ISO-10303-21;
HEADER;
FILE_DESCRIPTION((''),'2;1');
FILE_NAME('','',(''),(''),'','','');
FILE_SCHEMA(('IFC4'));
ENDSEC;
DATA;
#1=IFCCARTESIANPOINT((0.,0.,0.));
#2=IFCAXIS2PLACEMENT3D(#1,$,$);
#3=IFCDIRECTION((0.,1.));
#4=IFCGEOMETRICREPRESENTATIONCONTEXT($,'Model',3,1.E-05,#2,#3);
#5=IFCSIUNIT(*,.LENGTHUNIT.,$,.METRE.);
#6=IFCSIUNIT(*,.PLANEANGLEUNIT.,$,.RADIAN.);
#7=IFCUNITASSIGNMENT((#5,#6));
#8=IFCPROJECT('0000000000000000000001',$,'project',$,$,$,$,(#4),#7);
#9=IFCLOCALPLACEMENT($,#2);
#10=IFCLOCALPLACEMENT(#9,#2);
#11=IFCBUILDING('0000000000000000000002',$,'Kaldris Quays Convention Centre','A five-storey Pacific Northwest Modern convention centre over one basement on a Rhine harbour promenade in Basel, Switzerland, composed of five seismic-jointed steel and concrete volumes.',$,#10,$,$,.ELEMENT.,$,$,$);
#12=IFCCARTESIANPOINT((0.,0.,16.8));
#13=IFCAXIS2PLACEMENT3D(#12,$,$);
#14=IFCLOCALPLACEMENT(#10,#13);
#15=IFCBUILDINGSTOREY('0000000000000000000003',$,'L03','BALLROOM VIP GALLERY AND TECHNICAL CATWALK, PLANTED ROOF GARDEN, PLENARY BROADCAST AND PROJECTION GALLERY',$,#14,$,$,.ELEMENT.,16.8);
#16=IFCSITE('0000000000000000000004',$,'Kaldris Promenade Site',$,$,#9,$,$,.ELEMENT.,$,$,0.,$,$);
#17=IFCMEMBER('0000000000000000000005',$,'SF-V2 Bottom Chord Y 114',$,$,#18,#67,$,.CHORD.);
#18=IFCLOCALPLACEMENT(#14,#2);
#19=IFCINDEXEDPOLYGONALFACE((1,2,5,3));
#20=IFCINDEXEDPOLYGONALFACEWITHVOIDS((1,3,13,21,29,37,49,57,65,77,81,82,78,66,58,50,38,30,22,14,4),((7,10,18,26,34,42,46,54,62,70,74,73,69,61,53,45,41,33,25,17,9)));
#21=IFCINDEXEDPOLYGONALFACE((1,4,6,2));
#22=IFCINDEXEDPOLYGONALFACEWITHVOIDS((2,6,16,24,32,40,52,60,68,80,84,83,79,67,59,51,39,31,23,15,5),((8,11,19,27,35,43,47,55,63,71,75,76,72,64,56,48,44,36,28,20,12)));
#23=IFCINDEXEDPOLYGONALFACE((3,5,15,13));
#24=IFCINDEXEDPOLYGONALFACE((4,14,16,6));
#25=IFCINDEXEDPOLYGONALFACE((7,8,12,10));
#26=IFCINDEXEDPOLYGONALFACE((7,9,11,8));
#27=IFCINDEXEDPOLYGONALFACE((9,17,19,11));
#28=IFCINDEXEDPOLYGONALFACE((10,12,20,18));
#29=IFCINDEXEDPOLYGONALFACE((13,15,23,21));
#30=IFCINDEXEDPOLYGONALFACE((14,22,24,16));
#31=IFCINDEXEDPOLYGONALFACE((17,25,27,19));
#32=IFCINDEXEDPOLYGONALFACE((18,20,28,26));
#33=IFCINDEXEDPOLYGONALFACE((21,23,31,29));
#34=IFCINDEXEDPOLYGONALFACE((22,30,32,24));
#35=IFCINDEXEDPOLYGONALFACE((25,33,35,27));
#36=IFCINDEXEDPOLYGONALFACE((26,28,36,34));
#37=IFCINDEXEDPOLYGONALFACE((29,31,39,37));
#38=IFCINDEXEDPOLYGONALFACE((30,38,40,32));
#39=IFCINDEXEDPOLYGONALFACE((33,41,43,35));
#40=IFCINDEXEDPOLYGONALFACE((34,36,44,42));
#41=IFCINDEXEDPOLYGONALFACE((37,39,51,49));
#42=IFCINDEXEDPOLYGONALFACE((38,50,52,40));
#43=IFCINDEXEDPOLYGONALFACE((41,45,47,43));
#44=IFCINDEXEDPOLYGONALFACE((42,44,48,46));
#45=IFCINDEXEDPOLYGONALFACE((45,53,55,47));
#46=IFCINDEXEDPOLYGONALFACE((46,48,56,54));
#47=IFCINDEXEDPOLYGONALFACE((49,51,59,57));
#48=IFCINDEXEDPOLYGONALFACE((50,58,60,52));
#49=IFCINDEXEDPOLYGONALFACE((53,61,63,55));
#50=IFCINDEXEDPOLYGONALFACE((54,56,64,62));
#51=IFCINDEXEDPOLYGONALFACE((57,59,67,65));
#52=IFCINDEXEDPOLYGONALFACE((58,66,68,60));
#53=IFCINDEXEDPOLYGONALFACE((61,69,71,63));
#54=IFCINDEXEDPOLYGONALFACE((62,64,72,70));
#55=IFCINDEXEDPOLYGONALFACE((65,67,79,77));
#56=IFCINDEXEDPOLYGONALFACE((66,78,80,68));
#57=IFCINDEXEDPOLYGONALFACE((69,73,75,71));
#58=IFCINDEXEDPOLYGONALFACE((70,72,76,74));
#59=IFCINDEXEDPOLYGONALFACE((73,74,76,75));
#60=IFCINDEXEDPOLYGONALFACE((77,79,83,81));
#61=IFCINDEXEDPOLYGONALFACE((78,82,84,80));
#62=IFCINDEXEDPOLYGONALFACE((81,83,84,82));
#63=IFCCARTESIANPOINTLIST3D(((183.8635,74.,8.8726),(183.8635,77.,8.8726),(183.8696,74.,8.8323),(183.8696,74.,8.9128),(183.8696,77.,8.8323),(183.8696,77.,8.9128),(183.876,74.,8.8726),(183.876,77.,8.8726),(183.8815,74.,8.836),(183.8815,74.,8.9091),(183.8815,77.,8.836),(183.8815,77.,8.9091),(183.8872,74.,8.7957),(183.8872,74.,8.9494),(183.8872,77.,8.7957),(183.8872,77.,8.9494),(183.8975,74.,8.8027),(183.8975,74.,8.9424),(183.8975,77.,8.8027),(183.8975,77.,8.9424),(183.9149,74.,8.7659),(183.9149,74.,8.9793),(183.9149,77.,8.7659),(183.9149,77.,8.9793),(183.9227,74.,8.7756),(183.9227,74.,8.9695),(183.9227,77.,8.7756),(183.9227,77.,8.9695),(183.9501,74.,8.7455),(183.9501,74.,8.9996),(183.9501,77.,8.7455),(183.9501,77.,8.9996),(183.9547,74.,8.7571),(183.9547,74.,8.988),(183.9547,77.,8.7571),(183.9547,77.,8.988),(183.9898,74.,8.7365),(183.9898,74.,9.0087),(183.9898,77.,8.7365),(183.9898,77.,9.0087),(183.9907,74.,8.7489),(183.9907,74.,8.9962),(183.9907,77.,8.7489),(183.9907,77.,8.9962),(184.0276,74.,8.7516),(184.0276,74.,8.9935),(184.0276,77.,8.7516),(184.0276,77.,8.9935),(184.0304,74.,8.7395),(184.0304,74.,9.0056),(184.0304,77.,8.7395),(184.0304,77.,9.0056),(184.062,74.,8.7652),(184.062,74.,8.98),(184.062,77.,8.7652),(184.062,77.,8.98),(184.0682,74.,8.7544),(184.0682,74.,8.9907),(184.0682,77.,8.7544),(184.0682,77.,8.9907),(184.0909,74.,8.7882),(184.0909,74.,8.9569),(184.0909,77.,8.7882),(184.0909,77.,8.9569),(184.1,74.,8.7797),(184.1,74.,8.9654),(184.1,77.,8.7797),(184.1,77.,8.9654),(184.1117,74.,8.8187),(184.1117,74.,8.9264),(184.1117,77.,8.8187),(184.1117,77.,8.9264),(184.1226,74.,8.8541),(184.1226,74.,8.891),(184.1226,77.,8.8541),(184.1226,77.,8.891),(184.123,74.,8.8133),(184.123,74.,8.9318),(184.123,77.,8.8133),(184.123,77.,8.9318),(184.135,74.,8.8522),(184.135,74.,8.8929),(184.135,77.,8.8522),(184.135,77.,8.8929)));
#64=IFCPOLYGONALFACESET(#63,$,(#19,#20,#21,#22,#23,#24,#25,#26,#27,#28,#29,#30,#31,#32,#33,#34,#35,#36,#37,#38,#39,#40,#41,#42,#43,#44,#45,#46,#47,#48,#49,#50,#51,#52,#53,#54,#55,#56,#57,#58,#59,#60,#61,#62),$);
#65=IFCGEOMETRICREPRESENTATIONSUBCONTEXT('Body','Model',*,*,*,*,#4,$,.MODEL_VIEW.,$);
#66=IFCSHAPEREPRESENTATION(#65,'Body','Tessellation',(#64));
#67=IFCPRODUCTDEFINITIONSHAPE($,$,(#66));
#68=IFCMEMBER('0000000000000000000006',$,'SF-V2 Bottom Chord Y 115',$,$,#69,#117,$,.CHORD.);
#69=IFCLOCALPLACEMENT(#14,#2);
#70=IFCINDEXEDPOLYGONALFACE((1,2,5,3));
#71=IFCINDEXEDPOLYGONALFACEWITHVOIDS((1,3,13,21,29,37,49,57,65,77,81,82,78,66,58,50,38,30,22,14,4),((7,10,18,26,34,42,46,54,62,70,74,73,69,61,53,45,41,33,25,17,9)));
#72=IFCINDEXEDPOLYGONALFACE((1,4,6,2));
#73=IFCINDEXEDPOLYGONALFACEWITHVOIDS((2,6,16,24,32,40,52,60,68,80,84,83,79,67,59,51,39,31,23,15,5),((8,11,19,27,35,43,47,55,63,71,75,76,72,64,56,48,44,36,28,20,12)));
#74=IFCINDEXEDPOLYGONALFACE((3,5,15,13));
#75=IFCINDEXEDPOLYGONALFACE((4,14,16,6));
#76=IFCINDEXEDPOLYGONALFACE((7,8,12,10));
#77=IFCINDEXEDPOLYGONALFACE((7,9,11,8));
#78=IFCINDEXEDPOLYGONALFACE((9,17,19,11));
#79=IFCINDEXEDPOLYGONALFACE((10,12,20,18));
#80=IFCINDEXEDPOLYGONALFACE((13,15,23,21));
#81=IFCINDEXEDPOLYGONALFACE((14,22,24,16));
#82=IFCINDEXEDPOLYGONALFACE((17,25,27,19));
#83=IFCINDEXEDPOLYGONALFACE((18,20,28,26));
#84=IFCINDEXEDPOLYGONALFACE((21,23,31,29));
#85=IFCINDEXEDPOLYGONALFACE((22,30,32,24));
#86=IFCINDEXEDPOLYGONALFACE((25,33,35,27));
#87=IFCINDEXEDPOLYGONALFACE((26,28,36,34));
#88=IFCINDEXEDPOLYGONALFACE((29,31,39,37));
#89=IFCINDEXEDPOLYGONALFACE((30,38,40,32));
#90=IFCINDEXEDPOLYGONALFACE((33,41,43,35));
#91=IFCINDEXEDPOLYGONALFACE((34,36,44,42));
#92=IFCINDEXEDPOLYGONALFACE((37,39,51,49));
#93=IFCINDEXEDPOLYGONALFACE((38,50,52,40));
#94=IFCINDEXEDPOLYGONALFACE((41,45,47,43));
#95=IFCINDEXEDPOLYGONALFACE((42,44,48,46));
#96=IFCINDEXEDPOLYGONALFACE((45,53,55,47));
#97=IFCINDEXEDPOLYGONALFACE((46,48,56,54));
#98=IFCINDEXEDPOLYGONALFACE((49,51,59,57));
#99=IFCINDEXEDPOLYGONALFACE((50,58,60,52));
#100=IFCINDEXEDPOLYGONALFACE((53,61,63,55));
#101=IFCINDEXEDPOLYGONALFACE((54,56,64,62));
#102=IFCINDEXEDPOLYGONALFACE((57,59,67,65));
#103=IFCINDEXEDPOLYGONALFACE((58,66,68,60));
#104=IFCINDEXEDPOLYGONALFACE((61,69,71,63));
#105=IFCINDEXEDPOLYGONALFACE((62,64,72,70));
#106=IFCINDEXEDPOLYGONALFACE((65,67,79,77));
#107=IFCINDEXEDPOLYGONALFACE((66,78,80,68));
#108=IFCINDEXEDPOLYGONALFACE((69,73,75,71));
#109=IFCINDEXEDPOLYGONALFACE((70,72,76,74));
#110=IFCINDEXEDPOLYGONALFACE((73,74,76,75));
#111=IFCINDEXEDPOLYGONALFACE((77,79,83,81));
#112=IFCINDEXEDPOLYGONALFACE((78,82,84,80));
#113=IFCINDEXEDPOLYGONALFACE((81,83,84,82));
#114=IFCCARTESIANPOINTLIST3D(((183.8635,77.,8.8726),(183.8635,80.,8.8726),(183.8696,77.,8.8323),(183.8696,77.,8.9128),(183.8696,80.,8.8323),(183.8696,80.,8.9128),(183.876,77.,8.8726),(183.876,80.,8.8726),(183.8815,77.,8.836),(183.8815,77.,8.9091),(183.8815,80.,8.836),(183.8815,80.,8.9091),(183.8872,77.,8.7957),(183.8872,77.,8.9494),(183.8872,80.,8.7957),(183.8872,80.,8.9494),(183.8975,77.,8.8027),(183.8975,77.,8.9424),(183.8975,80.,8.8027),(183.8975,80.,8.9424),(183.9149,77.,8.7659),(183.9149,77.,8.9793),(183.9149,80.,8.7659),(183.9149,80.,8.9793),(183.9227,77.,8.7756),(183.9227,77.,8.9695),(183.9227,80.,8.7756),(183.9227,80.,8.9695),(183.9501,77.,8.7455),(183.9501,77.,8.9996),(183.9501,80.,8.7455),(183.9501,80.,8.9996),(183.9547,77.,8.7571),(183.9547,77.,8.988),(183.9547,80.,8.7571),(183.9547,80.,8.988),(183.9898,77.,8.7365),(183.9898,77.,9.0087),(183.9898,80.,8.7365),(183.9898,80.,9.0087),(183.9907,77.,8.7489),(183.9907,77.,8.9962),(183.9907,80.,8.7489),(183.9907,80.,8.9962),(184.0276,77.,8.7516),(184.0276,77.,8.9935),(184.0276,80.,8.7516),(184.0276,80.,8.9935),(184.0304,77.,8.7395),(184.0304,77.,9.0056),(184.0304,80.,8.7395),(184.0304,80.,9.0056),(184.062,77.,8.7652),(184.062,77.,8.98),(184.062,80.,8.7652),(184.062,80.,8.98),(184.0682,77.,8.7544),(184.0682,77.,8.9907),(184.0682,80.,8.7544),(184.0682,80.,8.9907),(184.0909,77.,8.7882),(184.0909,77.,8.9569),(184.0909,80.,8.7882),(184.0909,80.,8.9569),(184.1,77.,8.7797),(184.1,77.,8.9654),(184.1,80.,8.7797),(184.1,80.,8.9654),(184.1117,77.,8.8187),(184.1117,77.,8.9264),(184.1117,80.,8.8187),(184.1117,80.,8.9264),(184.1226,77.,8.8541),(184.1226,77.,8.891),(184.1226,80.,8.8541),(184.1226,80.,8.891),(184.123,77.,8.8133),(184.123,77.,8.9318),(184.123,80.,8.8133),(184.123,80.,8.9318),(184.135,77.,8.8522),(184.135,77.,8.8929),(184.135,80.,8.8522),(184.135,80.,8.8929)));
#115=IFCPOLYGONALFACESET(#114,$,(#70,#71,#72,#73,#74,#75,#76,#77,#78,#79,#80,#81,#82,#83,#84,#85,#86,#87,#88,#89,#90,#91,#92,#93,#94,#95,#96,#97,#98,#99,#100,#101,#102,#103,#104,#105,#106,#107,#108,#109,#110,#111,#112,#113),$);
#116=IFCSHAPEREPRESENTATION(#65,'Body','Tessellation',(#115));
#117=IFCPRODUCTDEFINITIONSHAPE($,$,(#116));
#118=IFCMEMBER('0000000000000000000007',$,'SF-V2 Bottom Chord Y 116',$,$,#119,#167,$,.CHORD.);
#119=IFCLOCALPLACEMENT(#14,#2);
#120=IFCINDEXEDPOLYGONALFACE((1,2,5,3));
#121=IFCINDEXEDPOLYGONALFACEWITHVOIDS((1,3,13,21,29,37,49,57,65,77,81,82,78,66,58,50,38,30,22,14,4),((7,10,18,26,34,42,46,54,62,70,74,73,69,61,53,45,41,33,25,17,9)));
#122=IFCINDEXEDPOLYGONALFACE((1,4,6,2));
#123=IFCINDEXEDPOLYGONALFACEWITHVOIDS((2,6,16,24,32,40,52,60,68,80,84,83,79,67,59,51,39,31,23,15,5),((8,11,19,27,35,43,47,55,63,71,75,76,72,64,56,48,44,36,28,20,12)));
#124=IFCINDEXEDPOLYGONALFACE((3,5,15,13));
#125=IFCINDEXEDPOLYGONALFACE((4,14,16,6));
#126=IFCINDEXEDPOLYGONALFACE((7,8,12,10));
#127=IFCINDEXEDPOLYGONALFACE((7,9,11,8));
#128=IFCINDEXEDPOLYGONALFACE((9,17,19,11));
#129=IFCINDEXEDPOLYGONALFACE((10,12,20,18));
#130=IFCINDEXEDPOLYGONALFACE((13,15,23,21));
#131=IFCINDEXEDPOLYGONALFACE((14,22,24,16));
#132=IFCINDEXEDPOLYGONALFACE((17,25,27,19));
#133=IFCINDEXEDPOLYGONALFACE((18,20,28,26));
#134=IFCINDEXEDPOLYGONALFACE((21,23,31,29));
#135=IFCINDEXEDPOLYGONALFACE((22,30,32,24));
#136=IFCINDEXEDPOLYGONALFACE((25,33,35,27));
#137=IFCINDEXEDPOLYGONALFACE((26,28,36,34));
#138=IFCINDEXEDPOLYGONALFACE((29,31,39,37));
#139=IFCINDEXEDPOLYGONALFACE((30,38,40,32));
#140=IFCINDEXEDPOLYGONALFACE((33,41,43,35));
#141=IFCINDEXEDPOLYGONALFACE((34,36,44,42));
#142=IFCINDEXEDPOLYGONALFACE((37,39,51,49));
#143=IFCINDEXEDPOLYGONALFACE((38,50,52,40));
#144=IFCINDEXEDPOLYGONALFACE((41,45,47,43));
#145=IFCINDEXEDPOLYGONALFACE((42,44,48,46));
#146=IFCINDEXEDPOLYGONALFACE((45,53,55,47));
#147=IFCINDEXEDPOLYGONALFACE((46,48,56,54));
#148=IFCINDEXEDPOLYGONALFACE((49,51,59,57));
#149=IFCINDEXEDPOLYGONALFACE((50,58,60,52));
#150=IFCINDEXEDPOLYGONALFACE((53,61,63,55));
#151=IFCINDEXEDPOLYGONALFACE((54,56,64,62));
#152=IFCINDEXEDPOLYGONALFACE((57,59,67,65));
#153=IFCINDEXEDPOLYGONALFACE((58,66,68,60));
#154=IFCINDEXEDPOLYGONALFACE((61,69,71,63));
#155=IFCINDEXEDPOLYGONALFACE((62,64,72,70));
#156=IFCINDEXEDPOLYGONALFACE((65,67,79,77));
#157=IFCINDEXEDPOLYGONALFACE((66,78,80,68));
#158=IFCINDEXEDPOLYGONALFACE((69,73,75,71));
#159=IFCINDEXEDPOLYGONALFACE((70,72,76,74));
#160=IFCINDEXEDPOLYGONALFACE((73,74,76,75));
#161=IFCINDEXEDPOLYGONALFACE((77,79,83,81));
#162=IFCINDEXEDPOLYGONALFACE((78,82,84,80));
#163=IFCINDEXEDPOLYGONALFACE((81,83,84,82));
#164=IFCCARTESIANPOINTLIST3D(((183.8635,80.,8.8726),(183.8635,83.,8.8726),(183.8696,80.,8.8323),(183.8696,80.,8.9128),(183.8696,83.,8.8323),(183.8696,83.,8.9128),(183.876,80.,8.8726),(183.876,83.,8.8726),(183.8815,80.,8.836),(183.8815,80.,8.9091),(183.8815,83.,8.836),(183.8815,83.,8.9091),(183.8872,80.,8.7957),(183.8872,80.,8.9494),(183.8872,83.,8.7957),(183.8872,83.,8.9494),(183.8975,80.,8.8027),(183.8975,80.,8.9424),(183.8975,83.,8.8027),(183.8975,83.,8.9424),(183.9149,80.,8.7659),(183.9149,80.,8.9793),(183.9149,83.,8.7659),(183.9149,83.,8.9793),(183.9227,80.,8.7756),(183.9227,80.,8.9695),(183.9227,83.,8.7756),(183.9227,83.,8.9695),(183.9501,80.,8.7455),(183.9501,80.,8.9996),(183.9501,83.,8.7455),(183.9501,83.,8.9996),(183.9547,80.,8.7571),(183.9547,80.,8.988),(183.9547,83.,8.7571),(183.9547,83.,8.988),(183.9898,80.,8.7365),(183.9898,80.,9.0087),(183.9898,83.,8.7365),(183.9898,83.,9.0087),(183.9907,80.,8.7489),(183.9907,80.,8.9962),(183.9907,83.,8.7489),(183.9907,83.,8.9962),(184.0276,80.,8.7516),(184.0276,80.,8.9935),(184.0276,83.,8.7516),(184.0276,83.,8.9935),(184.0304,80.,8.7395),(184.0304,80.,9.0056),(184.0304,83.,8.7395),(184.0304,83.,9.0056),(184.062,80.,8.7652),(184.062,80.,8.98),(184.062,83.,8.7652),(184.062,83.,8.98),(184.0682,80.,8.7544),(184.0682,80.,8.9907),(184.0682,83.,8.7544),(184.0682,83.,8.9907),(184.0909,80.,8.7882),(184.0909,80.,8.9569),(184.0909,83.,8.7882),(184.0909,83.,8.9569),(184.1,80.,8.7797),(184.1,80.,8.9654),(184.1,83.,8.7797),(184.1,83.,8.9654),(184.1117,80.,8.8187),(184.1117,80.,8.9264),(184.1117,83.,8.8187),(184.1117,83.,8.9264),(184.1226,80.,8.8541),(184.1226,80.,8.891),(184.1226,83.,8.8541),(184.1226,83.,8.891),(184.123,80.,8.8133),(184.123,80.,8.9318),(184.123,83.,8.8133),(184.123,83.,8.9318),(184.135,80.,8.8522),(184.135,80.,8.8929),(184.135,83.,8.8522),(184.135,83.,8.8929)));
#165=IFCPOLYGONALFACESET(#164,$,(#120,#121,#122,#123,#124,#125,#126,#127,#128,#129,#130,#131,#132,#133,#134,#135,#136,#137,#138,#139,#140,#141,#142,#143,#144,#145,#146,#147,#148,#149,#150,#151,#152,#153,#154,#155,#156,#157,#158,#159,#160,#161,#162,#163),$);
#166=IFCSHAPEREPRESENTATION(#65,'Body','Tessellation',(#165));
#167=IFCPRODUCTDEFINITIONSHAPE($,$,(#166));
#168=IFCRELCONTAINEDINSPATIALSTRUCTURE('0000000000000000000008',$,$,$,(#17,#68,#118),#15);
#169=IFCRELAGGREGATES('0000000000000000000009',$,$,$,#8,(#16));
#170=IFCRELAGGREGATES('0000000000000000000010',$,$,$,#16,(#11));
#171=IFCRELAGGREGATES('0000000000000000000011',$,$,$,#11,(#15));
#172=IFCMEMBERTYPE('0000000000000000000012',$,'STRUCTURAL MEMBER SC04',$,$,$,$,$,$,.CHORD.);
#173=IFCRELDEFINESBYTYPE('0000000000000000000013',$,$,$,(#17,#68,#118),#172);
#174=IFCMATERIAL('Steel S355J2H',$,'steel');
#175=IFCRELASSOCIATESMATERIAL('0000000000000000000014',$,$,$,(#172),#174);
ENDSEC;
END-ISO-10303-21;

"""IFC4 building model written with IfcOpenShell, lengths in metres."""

from ifc_helpers import new_model, si_unit, direction, frame, origin, origin_2d, place, context, subcontext, project, spatial, hollow_circle, extrude, material, material_profile, profile_set, type_object, element, save


model = new_model("IFC4")

# Units and contexts
model_context = context("Model", 3, precision=1e-05, world=origin(), true_north=direction((0.0, 1.0)))
body_context = subcontext(model_context, "Body", "Model", "MODEL_VIEW")
ifc_project = project(units=[si_unit("LENGTHUNIT", "METRE"), si_unit("PLANEANGLEUNIT", "RADIAN")], contexts=[model_context])

# Site, building, storey
site_placement = place(None, origin())
site = spatial("IfcSite", under=ifc_project, at=site_placement, Name="Kaldris Promenade Site", CompositionType="ELEMENT", RefElevation=0.0)
building_placement = place(site_placement, origin())
building = spatial("IfcBuilding", under=site, at=building_placement, Name="Kaldris Quays Convention Centre", Description="A five-storey Pacific Northwest Modern convention centre over one basement on a Rhine harbour promenade in Basel, Switzerland, composed of five seismic-jointed steel and concrete volumes.", CompositionType="ELEMENT")
storey_placement = place(building_placement, frame((0.0, 0.0, 16.8)))
storey = spatial("IfcBuildingStorey", under=building, at=storey_placement, Name="L03", Description="BALLROOM VIP GALLERY AND TECHNICAL CATWALK, PLANTED ROOF GARDEN, PLENARY BROADCAST AND PROJECTION GALLERY", CompositionType="ELEMENT", Elevation=16.8)

# Members
ifc_material_1 = material(Name="Steel S355J2H", Category="steel")
ifc_material_profile_1 = material_profile(ifc_material_1, hollow_circle(Radius=0.1365, WallThickness=0.0125, at=origin_2d()), Name="CHS 273x12.5")
ifc_profile_set_1 = profile_set([ifc_material_profile_1], Name="Steel S355J2H")
member_type_1 = type_object("IfcMemberType", Name="STRUCTURAL MEMBER SC04", PredefinedType="CHORD", material=ifc_profile_set_1)
for number, where, z_axis, x_axis, name in (
    (1, (184.0, 74.0, 8.8726), (0.0, 1.0, 0.0), (-1.0, 0.0, 0.0), "SF-V2 Bottom Chord Y 114"),
    (2, (184.0, 77.0, 8.8726), (0.0, 1.0, 0.0), (-1.0, 0.0, 0.0), "SF-V2 Bottom Chord Y 115"),
    (3, (184.0, 80.0, 8.8726), (0.0, 1.0, 0.0), (-1.0, 0.0, 0.0), "SF-V2 Bottom Chord Y 116"),
):
    element("IfcMember", number, at=place(storey_placement, frame(where, z_axis=z_axis, x_axis=x_axis)), inside=storey, type_object=member_type_1, Name=name, PredefinedType="CHORD", context=body_context, shape_type="SweptSolid", body=[
        extrude(hollow_circle(Radius=0.1365, WallThickness=0.0125, at=origin_2d()), origin(), (0.0, 0.0, 1.0), 3.0),
    ])

save(model, "model.ifc")
